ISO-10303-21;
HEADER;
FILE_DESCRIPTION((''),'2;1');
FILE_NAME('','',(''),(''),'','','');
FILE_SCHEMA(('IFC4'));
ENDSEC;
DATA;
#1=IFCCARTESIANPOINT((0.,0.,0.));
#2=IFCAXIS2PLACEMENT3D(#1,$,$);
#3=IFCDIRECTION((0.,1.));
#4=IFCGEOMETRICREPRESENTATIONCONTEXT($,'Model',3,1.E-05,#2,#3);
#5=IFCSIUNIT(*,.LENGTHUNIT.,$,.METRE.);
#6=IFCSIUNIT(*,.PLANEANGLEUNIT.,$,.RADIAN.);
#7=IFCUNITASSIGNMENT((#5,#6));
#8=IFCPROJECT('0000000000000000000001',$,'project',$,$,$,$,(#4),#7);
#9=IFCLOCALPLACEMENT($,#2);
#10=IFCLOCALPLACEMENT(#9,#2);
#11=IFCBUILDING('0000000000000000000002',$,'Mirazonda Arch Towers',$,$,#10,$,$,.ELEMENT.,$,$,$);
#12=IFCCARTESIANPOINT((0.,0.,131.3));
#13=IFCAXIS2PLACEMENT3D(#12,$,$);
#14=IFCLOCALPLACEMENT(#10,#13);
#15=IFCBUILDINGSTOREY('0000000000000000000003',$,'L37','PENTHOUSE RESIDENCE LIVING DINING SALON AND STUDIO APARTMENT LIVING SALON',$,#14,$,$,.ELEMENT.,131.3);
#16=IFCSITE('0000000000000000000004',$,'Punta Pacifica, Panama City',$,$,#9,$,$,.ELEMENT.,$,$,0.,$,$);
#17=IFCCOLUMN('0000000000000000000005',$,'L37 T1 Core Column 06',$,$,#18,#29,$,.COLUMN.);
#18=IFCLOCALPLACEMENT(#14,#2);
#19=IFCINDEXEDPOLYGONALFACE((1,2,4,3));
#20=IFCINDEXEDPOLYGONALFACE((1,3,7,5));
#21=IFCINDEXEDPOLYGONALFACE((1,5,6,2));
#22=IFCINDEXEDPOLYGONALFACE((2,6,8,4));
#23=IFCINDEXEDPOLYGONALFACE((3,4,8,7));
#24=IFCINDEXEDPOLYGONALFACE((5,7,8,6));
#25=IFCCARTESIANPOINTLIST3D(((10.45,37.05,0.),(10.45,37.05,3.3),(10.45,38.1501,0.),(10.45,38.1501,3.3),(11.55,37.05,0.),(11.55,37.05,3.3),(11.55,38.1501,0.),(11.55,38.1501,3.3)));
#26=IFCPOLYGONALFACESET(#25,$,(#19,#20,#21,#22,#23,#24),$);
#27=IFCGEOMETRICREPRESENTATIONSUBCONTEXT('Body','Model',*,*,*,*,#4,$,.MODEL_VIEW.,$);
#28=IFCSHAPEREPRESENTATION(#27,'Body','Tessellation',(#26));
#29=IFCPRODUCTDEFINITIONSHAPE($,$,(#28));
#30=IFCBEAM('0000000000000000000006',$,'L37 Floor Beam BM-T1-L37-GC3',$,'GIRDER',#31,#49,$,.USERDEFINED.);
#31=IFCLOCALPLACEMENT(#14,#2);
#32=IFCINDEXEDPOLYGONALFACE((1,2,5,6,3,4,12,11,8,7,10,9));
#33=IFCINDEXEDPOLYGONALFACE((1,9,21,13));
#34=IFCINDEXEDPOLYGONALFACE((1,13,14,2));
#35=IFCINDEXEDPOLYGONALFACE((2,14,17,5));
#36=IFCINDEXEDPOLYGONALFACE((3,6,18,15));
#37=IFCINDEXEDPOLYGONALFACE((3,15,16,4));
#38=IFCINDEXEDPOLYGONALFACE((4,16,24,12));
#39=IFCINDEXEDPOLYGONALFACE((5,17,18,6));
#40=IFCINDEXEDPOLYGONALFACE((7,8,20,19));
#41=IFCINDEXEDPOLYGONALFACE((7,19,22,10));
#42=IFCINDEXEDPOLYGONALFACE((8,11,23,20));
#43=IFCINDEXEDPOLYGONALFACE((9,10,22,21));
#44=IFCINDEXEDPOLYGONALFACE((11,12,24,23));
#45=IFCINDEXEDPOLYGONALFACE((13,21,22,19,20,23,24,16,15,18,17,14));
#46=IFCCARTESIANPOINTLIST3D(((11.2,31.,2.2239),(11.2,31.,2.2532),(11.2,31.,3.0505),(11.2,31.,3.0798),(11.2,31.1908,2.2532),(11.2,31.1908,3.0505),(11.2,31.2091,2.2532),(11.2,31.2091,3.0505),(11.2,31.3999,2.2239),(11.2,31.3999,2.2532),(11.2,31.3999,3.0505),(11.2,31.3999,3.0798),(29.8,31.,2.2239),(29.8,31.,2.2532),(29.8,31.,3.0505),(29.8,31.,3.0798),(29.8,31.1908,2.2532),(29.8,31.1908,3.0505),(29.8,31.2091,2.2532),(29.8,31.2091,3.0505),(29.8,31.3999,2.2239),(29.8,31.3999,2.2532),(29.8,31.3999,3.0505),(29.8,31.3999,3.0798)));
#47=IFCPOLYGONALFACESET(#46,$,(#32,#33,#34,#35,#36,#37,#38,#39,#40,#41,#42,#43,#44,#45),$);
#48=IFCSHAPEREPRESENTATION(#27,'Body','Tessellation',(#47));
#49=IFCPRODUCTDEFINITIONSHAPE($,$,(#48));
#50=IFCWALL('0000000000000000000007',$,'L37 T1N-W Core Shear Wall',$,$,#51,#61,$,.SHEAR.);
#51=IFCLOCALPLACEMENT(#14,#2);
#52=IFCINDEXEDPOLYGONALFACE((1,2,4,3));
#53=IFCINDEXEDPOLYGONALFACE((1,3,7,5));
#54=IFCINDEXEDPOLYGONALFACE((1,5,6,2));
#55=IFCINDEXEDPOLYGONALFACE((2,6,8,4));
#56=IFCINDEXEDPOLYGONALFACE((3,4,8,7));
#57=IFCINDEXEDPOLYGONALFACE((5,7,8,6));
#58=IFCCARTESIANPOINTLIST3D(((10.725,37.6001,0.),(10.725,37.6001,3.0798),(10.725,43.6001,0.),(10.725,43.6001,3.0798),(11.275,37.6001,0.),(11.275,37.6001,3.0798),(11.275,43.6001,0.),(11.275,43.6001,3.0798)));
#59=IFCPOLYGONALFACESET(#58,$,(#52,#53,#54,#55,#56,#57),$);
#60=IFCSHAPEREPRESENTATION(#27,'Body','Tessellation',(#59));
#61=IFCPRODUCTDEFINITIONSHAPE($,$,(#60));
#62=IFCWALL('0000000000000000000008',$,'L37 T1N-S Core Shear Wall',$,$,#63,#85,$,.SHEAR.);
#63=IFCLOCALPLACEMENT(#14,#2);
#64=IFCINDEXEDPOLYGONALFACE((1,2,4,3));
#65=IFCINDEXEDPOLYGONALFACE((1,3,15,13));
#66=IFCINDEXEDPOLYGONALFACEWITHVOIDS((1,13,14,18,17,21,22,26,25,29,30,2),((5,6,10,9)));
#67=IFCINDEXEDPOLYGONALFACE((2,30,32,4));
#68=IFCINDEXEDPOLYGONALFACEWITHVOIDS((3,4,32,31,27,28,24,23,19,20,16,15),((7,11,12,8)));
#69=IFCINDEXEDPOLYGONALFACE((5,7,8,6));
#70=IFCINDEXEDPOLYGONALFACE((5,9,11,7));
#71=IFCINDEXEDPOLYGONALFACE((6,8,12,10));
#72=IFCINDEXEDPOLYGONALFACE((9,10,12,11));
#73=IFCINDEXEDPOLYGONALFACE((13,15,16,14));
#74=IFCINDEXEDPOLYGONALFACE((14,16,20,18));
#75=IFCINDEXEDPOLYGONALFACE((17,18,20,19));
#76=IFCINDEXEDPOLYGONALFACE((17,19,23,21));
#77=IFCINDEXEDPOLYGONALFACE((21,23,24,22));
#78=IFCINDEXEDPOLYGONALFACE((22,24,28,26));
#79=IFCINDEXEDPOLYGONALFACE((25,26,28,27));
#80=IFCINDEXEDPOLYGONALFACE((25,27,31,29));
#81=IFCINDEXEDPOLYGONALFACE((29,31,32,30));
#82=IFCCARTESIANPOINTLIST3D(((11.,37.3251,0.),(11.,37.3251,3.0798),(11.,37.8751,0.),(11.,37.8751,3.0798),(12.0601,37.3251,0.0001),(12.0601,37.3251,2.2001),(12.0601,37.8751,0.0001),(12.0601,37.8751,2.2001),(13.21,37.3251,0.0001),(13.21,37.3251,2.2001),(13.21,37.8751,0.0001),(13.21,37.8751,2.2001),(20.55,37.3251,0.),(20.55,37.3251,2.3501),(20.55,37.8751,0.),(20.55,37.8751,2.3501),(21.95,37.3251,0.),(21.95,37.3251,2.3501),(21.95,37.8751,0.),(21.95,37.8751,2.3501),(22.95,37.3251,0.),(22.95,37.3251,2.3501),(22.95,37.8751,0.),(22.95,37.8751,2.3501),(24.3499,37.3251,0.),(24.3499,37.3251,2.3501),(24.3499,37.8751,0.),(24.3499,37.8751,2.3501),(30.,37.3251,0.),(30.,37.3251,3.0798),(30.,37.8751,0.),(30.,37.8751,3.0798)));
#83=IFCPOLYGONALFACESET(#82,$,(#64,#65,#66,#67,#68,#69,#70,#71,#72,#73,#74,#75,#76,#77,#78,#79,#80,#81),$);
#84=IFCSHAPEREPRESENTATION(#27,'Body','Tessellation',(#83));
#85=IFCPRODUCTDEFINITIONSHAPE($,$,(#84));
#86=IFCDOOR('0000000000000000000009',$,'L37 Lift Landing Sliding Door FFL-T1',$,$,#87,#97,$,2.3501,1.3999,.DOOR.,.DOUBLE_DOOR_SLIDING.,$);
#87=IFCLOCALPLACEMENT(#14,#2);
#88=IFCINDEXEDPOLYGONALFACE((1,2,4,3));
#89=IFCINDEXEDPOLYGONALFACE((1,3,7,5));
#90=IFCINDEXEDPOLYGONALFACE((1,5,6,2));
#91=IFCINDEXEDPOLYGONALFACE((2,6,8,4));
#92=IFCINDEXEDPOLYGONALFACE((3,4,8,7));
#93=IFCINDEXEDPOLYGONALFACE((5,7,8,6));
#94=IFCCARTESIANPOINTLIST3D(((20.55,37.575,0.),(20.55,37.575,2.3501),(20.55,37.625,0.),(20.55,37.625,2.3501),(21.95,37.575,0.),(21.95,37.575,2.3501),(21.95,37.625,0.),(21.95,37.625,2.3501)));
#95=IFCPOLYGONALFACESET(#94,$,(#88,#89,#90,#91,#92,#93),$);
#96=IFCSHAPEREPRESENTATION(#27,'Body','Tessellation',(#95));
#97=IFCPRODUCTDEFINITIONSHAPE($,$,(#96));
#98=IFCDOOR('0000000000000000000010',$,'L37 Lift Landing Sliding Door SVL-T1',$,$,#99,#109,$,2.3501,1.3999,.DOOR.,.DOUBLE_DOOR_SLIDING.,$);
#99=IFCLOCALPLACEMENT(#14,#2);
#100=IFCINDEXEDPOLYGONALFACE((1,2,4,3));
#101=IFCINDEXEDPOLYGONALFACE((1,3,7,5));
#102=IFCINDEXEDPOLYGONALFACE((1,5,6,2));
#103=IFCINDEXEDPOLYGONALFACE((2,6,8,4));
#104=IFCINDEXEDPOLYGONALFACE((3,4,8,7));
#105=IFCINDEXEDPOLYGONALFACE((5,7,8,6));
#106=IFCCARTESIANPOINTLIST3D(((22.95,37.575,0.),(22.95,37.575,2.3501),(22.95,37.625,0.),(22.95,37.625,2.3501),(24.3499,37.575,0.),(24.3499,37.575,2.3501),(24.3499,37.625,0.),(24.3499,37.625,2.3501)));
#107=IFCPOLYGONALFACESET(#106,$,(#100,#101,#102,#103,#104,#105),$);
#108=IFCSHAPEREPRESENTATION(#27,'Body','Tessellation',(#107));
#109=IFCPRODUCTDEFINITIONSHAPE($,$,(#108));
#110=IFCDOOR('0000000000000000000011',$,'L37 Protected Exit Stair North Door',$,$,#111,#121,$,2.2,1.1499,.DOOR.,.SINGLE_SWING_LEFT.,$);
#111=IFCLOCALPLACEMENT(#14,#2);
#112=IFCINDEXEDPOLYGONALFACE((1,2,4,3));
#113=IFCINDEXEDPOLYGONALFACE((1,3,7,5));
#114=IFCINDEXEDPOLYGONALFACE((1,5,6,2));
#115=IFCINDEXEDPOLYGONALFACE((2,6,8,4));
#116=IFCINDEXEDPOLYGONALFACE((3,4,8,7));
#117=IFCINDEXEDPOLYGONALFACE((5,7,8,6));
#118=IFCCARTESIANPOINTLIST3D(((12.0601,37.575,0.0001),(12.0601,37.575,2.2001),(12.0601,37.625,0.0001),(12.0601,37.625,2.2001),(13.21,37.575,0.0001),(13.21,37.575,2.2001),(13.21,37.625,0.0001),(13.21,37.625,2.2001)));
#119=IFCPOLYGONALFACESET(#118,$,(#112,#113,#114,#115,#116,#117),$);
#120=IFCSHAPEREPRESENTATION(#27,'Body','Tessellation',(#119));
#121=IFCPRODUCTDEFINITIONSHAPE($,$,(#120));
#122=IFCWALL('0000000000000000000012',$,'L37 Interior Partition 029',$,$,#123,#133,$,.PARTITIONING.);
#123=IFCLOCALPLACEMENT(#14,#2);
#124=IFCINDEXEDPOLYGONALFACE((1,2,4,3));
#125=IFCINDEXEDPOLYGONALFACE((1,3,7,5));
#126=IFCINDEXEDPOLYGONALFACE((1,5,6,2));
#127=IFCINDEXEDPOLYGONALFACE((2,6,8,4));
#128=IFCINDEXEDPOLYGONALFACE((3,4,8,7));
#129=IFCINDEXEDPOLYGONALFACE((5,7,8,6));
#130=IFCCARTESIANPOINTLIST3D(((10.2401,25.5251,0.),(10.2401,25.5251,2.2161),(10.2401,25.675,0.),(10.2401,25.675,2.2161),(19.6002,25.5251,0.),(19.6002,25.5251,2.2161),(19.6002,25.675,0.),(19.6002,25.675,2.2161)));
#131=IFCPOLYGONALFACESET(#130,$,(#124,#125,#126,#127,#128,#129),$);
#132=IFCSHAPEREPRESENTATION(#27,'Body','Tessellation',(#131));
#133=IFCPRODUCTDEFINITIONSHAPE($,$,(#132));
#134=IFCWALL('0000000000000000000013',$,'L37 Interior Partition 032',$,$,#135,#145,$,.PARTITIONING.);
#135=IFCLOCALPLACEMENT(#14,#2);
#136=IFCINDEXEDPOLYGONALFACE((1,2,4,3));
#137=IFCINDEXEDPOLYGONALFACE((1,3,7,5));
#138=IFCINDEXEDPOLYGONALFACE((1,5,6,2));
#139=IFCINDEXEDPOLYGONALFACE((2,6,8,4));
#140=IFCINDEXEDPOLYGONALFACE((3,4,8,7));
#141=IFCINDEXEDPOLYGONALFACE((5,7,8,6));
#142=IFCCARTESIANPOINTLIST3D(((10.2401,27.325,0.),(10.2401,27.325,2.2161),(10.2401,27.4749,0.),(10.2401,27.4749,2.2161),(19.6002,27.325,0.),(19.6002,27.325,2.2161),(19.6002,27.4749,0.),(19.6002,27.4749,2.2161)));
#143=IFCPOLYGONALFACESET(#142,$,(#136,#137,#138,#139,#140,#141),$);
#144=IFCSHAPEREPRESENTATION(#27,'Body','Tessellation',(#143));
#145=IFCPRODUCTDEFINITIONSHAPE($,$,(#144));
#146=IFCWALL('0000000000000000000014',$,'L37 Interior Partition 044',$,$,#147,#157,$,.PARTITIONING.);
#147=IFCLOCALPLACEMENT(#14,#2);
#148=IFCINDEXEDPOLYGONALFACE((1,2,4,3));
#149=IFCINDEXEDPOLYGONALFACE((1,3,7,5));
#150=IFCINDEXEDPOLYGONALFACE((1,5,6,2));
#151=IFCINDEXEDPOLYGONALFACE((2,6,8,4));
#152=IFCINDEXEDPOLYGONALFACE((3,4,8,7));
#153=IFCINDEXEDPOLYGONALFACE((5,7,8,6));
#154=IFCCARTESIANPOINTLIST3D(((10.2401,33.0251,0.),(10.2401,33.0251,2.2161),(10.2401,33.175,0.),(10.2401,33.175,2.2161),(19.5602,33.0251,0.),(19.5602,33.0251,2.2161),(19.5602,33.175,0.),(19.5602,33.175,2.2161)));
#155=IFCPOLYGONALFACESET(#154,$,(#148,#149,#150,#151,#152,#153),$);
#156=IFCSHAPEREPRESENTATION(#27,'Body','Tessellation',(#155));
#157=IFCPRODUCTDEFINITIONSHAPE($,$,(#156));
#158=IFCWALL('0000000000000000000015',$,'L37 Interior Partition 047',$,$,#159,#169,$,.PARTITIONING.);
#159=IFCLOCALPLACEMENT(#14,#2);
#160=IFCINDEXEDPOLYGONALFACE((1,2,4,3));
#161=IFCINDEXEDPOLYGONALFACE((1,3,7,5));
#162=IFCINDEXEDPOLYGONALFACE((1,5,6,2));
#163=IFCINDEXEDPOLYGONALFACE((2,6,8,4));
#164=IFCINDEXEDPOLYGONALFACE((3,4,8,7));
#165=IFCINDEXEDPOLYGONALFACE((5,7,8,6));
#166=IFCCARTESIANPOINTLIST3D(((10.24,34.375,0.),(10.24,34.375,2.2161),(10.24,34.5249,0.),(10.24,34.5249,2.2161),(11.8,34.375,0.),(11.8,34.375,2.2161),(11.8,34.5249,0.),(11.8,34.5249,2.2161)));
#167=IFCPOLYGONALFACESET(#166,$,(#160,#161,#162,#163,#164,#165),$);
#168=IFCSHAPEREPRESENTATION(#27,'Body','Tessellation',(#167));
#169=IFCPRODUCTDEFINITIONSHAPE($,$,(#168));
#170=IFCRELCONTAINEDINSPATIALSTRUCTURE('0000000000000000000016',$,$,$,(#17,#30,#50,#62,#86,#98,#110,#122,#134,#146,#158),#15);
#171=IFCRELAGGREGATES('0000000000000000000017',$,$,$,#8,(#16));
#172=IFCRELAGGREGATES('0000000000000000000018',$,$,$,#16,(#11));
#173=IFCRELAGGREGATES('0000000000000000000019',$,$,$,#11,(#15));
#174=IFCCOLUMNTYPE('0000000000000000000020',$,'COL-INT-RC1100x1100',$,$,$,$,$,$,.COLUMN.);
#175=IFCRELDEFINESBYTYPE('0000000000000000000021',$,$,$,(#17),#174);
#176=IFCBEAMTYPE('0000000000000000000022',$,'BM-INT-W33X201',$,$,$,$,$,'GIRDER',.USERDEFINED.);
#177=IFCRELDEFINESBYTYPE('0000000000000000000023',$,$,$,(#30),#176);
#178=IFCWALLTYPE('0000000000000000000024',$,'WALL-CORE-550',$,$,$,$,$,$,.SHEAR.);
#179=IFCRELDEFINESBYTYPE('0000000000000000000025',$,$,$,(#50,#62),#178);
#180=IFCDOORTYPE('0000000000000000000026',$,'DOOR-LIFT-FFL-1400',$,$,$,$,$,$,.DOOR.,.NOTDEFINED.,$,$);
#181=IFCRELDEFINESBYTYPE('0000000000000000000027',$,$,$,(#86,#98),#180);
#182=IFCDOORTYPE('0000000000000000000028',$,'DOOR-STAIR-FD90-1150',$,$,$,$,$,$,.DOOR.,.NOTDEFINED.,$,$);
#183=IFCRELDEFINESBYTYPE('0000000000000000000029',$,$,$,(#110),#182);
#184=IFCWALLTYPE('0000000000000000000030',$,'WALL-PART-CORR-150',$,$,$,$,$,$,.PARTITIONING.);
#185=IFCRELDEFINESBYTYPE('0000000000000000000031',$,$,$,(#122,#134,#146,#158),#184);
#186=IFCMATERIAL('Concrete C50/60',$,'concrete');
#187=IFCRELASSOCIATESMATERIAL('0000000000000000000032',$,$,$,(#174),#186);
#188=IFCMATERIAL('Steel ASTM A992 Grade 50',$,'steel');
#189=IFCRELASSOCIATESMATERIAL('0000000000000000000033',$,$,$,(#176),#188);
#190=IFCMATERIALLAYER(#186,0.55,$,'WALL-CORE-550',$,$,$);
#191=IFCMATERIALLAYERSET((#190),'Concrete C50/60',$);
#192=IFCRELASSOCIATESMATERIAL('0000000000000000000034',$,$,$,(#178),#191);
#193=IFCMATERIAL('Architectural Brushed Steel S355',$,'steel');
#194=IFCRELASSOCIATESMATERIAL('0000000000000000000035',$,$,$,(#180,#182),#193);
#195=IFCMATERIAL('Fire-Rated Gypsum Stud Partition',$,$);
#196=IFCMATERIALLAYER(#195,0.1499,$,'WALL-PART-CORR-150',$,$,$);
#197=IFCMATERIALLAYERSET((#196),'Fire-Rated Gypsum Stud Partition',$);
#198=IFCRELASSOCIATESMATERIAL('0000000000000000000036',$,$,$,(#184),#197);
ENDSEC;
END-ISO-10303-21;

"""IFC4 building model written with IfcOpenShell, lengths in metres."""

from ifc_helpers import new_model, si_unit, direction, frame, frame_2d, origin, origin_2d, place, context, subcontext, project, spatial, rectangle, i_section, extrude, material, layer, layer_set, material_profile, profile_set, type_object, element, fill, save


model = new_model("IFC4")

# Units and contexts
model_context = context("Model", 3, precision=1e-05, world=origin(), true_north=direction((0.0, 1.0)))
body_context = subcontext(model_context, "Body", "Model", "MODEL_VIEW")
ifc_project = project(units=[si_unit("LENGTHUNIT", "METRE"), si_unit("PLANEANGLEUNIT", "RADIAN")], contexts=[model_context])

# Site, building, storey
site_placement = place(None, origin())
site = spatial("IfcSite", under=ifc_project, at=site_placement, Name="Punta Pacifica, Panama City", CompositionType="ELEMENT", RefElevation=0.0)
building_placement = place(site_placement, origin())
building = spatial("IfcBuilding", under=site, at=building_placement, Name="Mirazonda Arch Towers", CompositionType="ELEMENT")
storey_placement = place(building_placement, frame((0.0, 0.0, 131.3)))
storey = spatial("IfcBuildingStorey", under=building, at=storey_placement, Name="L37", Description="PENTHOUSE RESIDENCE LIVING DINING SALON AND STUDIO APARTMENT LIVING SALON", CompositionType="ELEMENT", Elevation=131.3)

# Column
ifc_material_1 = material(Name="Concrete C50/60", Category="concrete")
ifc_material_profile_1 = material_profile(ifc_material_1, rectangle(XDim=1.1001, YDim=1.1001, at=origin_2d()), Name="RC1100x1100")
ifc_profile_set_1 = profile_set([ifc_material_profile_1], Name="Concrete C50/60")
column_type = type_object("IfcColumnType", Name="COL-INT-RC1100x1100", PredefinedType="COLUMN", material=ifc_profile_set_1)
column_placement = place(storey_placement, frame((11.0, 37.6001, 0.0), z_axis=(0.0, 0.0, 1.0), x_axis=(1.0, 0.0, 0.0)))
element("IfcColumn", 1, at=column_placement, inside=storey, type_object=column_type, Name="L37 T1 Core Column 06", PredefinedType="COLUMN", context=body_context, shape_type="SweptSolid", body=[
    extrude(rectangle(XDim=1.1001, YDim=1.1001, at=origin_2d()), origin(), (0.0, 0.0, 1.0), 3.3),
])

# Beam
ifc_material_2 = material(Name="Steel ASTM A992 Grade 50", Category="steel")
ifc_material_profile_2 = material_profile(ifc_material_2, i_section(OverallWidth=0.3999, OverallDepth=0.856, WebThickness=0.0183, FlangeThickness=0.0293, at=origin_2d()), Name="W33X201")
ifc_profile_set_2 = profile_set([ifc_material_profile_2], Name="Steel ASTM A992 Grade 50")
beam_type = type_object("IfcBeamType", Name="BM-INT-W33X201", ElementType="GIRDER", PredefinedType="USERDEFINED", material=ifc_profile_set_2)
beam_placement = place(storey_placement, frame((11.2, 31.2, 2.6519), z_axis=(1.0, 0.0, 0.0), x_axis=(0.0, 1.0, 0.0)))
element("IfcBeam", 2, at=beam_placement, inside=storey, type_object=beam_type, Name="L37 Floor Beam BM-T1-L37-GC3", ObjectType="GIRDER", PredefinedType="USERDEFINED", context=body_context, shape_type="SweptSolid", body=[
    extrude(i_section(OverallWidth=0.3999, OverallDepth=0.856, WebThickness=0.0183, FlangeThickness=0.0293, at=origin_2d()), origin(), (0.0, 0.0, 1.0), 18.6001),
])

# Wall
ifc_layer_1 = layer(ifc_material_1, 0.55, Name="WALL-CORE-550")
ifc_layer_set_1 = layer_set([ifc_layer_1], Name="Concrete C50/60")
wall_type_1 = type_object("IfcWallType", Name="WALL-CORE-550", PredefinedType="SHEAR", material=ifc_layer_set_1)
wall_1_placement = place(storey_placement, frame((11.0, 37.6001, 0.0), z_axis=(0.0, 0.0, 1.0), x_axis=(0.0, 1.0, 0.0)))
element("IfcWall", 3, at=wall_1_placement, inside=storey, type_object=wall_type_1, Name="L37 T1N-W Core Shear Wall", PredefinedType="SHEAR", context=body_context, shape_type="SweptSolid", body=[
    extrude(rectangle(XDim=6.0, YDim=0.55, at=frame_2d((3.0, 0.0))), origin(), (0.0, 0.0, 1.0), 3.0798),
])

# Wall, openings, doors
wall_2_placement = place(storey_placement, frame((11.0, 37.6001, 0.0), z_axis=(0.0, 0.0, 1.0), x_axis=(1.0, 0.0, 0.0)))
wall_2 = element("IfcWall", 4, at=wall_2_placement, inside=storey, type_object=wall_type_1, Name="L37 T1N-S Core Shear Wall", PredefinedType="SHEAR", context=body_context, shape_type="SweptSolid", body=[
    extrude(rectangle(XDim=19.0, YDim=0.55, at=frame_2d((9.5, 0.0))), origin(), (0.0, 0.0, 1.0), 3.0798),
])
opening_1_placement = place(wall_2_placement, frame((1.0601, 0.0, 0.0)))
opening_1 = element("IfcOpeningElement", 5, at=opening_1_placement, cuts=wall_2, PredefinedType="OPENING", context=body_context, shape_type="SweptSolid", body=[
    extrude(rectangle(XDim=1.1499, YDim=2.2, at=frame_2d((0.575, 1.1001))), frame((0.0, 0.2849, 0.0), z_axis=(0.0, -1.0, 0.0), x_axis=(1.0, 0.0, 0.0)), (0.0, 0.0, 1.0), 0.5701),
])
opening_2_placement = place(wall_2_placement, frame((9.55, 0.0, 0.0)))
opening_2 = element("IfcOpeningElement", 6, at=opening_2_placement, cuts=wall_2, PredefinedType="OPENING", context=body_context, shape_type="SweptSolid", body=[
    extrude(rectangle(XDim=1.3999, YDim=2.3501, at=frame_2d((0.7, 1.175))), frame((0.0, 0.2849, 0.0), z_axis=(0.0, -1.0, 0.0), x_axis=(1.0, 0.0, 0.0)), (0.0, 0.0, 1.0), 0.5701),
])
opening_3_placement = place(wall_2_placement, frame((11.95, 0.0, 0.0)))
opening_3 = element("IfcOpeningElement", 7, at=opening_3_placement, cuts=wall_2, PredefinedType="OPENING", context=body_context, shape_type="SweptSolid", body=[
    extrude(rectangle(XDim=1.3999, YDim=2.3501, at=frame_2d((0.7, 1.175))), frame((0.0, 0.2849, 0.0), z_axis=(0.0, -1.0, 0.0), x_axis=(1.0, 0.0, 0.0)), (0.0, 0.0, 1.0), 0.5701),
])
ifc_material_3 = material(Name="Architectural Brushed Steel S355", Category="steel")
door_type_1 = type_object("IfcDoorType", Name="DOOR-LIFT-FFL-1400", OperationType="NOTDEFINED", PredefinedType="DOOR", material=ifc_material_3)
door_1_placement = place(opening_2_placement, origin())
door_1 = element("IfcDoor", 8, at=door_1_placement, inside=storey, type_object=door_type_1, Name="L37 Lift Landing Sliding Door FFL-T1", OperationType="DOUBLE_DOOR_SLIDING", OverallHeight=2.3501, OverallWidth=1.3999, PredefinedType="DOOR", context=body_context, shape_type="SweptSolid", body=[
    extrude(rectangle(XDim=1.3999, YDim=2.3501, at=frame_2d((0.7, 1.175))), frame((0.0, 0.0249, 0.0), z_axis=(0.0, -1.0, 0.0), x_axis=(1.0, 0.0, 0.0)), (0.0, 0.0, 1.0), 0.05),
])
fill(opening_2, door_1)
door_2_placement = place(opening_3_placement, origin())
door_2 = element("IfcDoor", 9, at=door_2_placement, inside=storey, type_object=door_type_1, Name="L37 Lift Landing Sliding Door SVL-T1", OperationType="DOUBLE_DOOR_SLIDING", OverallHeight=2.3501, OverallWidth=1.3999, PredefinedType="DOOR", context=body_context, shape_type="SweptSolid", body=[
    extrude(rectangle(XDim=1.3999, YDim=2.3501, at=frame_2d((0.7, 1.175))), frame((0.0, 0.0249, 0.0), z_axis=(0.0, -1.0, 0.0), x_axis=(1.0, 0.0, 0.0)), (0.0, 0.0, 1.0), 0.05),
])
fill(opening_3, door_2)
door_type_2 = type_object("IfcDoorType", Name="DOOR-STAIR-FD90-1150", OperationType="NOTDEFINED", PredefinedType="DOOR", material=ifc_material_3)
door_3_placement = place(opening_1_placement, origin())
door_3 = element("IfcDoor", 10, at=door_3_placement, inside=storey, type_object=door_type_2, Name="L37 Protected Exit Stair North Door", OperationType="SINGLE_SWING_LEFT", OverallHeight=2.2, OverallWidth=1.1499, PredefinedType="DOOR", context=body_context, shape_type="SweptSolid", body=[
    extrude(rectangle(XDim=1.1499, YDim=2.2, at=frame_2d((0.575, 1.1001))), frame((0.0, 0.0249, 0.0), z_axis=(0.0, -1.0, 0.0), x_axis=(1.0, 0.0, 0.0)), (0.0, 0.0, 1.0), 0.05),
])
fill(opening_1, door_3)

# Walls
ifc_material_4 = material(Name="Fire-Rated Gypsum Stud Partition")
ifc_layer_2 = layer(ifc_material_4, 0.1499, Name="WALL-PART-CORR-150")
ifc_layer_set_2 = layer_set([ifc_layer_2], Name="Fire-Rated Gypsum Stud Partition")
wall_type_2 = type_object("IfcWallType", Name="WALL-PART-CORR-150", PredefinedType="PARTITIONING", material=ifc_layer_set_2)
for number, where, z_axis, x_axis, name in (
    (11, (10.24, 25.6001, 0.0), (0.0, 0.0, 1.0), (1.0, 0.0, 0.0), "L37 Interior Partition 029"),
    (12, (10.24, 27.3999, 0.0), (0.0, 0.0, 1.0), (1.0, 0.0, 0.0), "L37 Interior Partition 032"),
):
    element("IfcWall", number, at=place(storey_placement, frame(where, z_axis=z_axis, x_axis=x_axis)), inside=storey, type_object=wall_type_2, Name=name, PredefinedType="PARTITIONING", context=body_context, shape_type="SweptSolid", body=[
        extrude(rectangle(XDim=9.3601, YDim=0.1499, at=frame_2d((4.6802, 0.0))), origin(), (0.0, 0.0, 1.0), 2.2161),
    ])
wall_3_placement = place(storey_placement, frame((10.24, 33.1001, 0.0), z_axis=(0.0, 0.0, 1.0), x_axis=(1.0, 0.0, 0.0)))
element("IfcWall", 13, at=wall_3_placement, inside=storey, type_object=wall_type_2, Name="L37 Interior Partition 044", PredefinedType="PARTITIONING", context=body_context, shape_type="SweptSolid", body=[
    extrude(rectangle(XDim=9.3201, YDim=0.1499, at=frame_2d((4.6602, 0.0))), origin(), (0.0, 0.0, 1.0), 2.2161),
])
wall_4_placement = place(storey_placement, frame((10.24, 34.45, 0.0), z_axis=(0.0, 0.0, 1.0), x_axis=(1.0, 0.0, 0.0)))
element("IfcWall", 14, at=wall_4_placement, inside=storey, type_object=wall_type_2, Name="L37 Interior Partition 047", PredefinedType="PARTITIONING", context=body_context, shape_type="SweptSolid", body=[
    extrude(rectangle(XDim=1.5601, YDim=0.1499, at=frame_2d((0.78, 0.0))), origin(), (0.0, 0.0, 1.0), 2.2161),
])

save(model, "model.ifc")
